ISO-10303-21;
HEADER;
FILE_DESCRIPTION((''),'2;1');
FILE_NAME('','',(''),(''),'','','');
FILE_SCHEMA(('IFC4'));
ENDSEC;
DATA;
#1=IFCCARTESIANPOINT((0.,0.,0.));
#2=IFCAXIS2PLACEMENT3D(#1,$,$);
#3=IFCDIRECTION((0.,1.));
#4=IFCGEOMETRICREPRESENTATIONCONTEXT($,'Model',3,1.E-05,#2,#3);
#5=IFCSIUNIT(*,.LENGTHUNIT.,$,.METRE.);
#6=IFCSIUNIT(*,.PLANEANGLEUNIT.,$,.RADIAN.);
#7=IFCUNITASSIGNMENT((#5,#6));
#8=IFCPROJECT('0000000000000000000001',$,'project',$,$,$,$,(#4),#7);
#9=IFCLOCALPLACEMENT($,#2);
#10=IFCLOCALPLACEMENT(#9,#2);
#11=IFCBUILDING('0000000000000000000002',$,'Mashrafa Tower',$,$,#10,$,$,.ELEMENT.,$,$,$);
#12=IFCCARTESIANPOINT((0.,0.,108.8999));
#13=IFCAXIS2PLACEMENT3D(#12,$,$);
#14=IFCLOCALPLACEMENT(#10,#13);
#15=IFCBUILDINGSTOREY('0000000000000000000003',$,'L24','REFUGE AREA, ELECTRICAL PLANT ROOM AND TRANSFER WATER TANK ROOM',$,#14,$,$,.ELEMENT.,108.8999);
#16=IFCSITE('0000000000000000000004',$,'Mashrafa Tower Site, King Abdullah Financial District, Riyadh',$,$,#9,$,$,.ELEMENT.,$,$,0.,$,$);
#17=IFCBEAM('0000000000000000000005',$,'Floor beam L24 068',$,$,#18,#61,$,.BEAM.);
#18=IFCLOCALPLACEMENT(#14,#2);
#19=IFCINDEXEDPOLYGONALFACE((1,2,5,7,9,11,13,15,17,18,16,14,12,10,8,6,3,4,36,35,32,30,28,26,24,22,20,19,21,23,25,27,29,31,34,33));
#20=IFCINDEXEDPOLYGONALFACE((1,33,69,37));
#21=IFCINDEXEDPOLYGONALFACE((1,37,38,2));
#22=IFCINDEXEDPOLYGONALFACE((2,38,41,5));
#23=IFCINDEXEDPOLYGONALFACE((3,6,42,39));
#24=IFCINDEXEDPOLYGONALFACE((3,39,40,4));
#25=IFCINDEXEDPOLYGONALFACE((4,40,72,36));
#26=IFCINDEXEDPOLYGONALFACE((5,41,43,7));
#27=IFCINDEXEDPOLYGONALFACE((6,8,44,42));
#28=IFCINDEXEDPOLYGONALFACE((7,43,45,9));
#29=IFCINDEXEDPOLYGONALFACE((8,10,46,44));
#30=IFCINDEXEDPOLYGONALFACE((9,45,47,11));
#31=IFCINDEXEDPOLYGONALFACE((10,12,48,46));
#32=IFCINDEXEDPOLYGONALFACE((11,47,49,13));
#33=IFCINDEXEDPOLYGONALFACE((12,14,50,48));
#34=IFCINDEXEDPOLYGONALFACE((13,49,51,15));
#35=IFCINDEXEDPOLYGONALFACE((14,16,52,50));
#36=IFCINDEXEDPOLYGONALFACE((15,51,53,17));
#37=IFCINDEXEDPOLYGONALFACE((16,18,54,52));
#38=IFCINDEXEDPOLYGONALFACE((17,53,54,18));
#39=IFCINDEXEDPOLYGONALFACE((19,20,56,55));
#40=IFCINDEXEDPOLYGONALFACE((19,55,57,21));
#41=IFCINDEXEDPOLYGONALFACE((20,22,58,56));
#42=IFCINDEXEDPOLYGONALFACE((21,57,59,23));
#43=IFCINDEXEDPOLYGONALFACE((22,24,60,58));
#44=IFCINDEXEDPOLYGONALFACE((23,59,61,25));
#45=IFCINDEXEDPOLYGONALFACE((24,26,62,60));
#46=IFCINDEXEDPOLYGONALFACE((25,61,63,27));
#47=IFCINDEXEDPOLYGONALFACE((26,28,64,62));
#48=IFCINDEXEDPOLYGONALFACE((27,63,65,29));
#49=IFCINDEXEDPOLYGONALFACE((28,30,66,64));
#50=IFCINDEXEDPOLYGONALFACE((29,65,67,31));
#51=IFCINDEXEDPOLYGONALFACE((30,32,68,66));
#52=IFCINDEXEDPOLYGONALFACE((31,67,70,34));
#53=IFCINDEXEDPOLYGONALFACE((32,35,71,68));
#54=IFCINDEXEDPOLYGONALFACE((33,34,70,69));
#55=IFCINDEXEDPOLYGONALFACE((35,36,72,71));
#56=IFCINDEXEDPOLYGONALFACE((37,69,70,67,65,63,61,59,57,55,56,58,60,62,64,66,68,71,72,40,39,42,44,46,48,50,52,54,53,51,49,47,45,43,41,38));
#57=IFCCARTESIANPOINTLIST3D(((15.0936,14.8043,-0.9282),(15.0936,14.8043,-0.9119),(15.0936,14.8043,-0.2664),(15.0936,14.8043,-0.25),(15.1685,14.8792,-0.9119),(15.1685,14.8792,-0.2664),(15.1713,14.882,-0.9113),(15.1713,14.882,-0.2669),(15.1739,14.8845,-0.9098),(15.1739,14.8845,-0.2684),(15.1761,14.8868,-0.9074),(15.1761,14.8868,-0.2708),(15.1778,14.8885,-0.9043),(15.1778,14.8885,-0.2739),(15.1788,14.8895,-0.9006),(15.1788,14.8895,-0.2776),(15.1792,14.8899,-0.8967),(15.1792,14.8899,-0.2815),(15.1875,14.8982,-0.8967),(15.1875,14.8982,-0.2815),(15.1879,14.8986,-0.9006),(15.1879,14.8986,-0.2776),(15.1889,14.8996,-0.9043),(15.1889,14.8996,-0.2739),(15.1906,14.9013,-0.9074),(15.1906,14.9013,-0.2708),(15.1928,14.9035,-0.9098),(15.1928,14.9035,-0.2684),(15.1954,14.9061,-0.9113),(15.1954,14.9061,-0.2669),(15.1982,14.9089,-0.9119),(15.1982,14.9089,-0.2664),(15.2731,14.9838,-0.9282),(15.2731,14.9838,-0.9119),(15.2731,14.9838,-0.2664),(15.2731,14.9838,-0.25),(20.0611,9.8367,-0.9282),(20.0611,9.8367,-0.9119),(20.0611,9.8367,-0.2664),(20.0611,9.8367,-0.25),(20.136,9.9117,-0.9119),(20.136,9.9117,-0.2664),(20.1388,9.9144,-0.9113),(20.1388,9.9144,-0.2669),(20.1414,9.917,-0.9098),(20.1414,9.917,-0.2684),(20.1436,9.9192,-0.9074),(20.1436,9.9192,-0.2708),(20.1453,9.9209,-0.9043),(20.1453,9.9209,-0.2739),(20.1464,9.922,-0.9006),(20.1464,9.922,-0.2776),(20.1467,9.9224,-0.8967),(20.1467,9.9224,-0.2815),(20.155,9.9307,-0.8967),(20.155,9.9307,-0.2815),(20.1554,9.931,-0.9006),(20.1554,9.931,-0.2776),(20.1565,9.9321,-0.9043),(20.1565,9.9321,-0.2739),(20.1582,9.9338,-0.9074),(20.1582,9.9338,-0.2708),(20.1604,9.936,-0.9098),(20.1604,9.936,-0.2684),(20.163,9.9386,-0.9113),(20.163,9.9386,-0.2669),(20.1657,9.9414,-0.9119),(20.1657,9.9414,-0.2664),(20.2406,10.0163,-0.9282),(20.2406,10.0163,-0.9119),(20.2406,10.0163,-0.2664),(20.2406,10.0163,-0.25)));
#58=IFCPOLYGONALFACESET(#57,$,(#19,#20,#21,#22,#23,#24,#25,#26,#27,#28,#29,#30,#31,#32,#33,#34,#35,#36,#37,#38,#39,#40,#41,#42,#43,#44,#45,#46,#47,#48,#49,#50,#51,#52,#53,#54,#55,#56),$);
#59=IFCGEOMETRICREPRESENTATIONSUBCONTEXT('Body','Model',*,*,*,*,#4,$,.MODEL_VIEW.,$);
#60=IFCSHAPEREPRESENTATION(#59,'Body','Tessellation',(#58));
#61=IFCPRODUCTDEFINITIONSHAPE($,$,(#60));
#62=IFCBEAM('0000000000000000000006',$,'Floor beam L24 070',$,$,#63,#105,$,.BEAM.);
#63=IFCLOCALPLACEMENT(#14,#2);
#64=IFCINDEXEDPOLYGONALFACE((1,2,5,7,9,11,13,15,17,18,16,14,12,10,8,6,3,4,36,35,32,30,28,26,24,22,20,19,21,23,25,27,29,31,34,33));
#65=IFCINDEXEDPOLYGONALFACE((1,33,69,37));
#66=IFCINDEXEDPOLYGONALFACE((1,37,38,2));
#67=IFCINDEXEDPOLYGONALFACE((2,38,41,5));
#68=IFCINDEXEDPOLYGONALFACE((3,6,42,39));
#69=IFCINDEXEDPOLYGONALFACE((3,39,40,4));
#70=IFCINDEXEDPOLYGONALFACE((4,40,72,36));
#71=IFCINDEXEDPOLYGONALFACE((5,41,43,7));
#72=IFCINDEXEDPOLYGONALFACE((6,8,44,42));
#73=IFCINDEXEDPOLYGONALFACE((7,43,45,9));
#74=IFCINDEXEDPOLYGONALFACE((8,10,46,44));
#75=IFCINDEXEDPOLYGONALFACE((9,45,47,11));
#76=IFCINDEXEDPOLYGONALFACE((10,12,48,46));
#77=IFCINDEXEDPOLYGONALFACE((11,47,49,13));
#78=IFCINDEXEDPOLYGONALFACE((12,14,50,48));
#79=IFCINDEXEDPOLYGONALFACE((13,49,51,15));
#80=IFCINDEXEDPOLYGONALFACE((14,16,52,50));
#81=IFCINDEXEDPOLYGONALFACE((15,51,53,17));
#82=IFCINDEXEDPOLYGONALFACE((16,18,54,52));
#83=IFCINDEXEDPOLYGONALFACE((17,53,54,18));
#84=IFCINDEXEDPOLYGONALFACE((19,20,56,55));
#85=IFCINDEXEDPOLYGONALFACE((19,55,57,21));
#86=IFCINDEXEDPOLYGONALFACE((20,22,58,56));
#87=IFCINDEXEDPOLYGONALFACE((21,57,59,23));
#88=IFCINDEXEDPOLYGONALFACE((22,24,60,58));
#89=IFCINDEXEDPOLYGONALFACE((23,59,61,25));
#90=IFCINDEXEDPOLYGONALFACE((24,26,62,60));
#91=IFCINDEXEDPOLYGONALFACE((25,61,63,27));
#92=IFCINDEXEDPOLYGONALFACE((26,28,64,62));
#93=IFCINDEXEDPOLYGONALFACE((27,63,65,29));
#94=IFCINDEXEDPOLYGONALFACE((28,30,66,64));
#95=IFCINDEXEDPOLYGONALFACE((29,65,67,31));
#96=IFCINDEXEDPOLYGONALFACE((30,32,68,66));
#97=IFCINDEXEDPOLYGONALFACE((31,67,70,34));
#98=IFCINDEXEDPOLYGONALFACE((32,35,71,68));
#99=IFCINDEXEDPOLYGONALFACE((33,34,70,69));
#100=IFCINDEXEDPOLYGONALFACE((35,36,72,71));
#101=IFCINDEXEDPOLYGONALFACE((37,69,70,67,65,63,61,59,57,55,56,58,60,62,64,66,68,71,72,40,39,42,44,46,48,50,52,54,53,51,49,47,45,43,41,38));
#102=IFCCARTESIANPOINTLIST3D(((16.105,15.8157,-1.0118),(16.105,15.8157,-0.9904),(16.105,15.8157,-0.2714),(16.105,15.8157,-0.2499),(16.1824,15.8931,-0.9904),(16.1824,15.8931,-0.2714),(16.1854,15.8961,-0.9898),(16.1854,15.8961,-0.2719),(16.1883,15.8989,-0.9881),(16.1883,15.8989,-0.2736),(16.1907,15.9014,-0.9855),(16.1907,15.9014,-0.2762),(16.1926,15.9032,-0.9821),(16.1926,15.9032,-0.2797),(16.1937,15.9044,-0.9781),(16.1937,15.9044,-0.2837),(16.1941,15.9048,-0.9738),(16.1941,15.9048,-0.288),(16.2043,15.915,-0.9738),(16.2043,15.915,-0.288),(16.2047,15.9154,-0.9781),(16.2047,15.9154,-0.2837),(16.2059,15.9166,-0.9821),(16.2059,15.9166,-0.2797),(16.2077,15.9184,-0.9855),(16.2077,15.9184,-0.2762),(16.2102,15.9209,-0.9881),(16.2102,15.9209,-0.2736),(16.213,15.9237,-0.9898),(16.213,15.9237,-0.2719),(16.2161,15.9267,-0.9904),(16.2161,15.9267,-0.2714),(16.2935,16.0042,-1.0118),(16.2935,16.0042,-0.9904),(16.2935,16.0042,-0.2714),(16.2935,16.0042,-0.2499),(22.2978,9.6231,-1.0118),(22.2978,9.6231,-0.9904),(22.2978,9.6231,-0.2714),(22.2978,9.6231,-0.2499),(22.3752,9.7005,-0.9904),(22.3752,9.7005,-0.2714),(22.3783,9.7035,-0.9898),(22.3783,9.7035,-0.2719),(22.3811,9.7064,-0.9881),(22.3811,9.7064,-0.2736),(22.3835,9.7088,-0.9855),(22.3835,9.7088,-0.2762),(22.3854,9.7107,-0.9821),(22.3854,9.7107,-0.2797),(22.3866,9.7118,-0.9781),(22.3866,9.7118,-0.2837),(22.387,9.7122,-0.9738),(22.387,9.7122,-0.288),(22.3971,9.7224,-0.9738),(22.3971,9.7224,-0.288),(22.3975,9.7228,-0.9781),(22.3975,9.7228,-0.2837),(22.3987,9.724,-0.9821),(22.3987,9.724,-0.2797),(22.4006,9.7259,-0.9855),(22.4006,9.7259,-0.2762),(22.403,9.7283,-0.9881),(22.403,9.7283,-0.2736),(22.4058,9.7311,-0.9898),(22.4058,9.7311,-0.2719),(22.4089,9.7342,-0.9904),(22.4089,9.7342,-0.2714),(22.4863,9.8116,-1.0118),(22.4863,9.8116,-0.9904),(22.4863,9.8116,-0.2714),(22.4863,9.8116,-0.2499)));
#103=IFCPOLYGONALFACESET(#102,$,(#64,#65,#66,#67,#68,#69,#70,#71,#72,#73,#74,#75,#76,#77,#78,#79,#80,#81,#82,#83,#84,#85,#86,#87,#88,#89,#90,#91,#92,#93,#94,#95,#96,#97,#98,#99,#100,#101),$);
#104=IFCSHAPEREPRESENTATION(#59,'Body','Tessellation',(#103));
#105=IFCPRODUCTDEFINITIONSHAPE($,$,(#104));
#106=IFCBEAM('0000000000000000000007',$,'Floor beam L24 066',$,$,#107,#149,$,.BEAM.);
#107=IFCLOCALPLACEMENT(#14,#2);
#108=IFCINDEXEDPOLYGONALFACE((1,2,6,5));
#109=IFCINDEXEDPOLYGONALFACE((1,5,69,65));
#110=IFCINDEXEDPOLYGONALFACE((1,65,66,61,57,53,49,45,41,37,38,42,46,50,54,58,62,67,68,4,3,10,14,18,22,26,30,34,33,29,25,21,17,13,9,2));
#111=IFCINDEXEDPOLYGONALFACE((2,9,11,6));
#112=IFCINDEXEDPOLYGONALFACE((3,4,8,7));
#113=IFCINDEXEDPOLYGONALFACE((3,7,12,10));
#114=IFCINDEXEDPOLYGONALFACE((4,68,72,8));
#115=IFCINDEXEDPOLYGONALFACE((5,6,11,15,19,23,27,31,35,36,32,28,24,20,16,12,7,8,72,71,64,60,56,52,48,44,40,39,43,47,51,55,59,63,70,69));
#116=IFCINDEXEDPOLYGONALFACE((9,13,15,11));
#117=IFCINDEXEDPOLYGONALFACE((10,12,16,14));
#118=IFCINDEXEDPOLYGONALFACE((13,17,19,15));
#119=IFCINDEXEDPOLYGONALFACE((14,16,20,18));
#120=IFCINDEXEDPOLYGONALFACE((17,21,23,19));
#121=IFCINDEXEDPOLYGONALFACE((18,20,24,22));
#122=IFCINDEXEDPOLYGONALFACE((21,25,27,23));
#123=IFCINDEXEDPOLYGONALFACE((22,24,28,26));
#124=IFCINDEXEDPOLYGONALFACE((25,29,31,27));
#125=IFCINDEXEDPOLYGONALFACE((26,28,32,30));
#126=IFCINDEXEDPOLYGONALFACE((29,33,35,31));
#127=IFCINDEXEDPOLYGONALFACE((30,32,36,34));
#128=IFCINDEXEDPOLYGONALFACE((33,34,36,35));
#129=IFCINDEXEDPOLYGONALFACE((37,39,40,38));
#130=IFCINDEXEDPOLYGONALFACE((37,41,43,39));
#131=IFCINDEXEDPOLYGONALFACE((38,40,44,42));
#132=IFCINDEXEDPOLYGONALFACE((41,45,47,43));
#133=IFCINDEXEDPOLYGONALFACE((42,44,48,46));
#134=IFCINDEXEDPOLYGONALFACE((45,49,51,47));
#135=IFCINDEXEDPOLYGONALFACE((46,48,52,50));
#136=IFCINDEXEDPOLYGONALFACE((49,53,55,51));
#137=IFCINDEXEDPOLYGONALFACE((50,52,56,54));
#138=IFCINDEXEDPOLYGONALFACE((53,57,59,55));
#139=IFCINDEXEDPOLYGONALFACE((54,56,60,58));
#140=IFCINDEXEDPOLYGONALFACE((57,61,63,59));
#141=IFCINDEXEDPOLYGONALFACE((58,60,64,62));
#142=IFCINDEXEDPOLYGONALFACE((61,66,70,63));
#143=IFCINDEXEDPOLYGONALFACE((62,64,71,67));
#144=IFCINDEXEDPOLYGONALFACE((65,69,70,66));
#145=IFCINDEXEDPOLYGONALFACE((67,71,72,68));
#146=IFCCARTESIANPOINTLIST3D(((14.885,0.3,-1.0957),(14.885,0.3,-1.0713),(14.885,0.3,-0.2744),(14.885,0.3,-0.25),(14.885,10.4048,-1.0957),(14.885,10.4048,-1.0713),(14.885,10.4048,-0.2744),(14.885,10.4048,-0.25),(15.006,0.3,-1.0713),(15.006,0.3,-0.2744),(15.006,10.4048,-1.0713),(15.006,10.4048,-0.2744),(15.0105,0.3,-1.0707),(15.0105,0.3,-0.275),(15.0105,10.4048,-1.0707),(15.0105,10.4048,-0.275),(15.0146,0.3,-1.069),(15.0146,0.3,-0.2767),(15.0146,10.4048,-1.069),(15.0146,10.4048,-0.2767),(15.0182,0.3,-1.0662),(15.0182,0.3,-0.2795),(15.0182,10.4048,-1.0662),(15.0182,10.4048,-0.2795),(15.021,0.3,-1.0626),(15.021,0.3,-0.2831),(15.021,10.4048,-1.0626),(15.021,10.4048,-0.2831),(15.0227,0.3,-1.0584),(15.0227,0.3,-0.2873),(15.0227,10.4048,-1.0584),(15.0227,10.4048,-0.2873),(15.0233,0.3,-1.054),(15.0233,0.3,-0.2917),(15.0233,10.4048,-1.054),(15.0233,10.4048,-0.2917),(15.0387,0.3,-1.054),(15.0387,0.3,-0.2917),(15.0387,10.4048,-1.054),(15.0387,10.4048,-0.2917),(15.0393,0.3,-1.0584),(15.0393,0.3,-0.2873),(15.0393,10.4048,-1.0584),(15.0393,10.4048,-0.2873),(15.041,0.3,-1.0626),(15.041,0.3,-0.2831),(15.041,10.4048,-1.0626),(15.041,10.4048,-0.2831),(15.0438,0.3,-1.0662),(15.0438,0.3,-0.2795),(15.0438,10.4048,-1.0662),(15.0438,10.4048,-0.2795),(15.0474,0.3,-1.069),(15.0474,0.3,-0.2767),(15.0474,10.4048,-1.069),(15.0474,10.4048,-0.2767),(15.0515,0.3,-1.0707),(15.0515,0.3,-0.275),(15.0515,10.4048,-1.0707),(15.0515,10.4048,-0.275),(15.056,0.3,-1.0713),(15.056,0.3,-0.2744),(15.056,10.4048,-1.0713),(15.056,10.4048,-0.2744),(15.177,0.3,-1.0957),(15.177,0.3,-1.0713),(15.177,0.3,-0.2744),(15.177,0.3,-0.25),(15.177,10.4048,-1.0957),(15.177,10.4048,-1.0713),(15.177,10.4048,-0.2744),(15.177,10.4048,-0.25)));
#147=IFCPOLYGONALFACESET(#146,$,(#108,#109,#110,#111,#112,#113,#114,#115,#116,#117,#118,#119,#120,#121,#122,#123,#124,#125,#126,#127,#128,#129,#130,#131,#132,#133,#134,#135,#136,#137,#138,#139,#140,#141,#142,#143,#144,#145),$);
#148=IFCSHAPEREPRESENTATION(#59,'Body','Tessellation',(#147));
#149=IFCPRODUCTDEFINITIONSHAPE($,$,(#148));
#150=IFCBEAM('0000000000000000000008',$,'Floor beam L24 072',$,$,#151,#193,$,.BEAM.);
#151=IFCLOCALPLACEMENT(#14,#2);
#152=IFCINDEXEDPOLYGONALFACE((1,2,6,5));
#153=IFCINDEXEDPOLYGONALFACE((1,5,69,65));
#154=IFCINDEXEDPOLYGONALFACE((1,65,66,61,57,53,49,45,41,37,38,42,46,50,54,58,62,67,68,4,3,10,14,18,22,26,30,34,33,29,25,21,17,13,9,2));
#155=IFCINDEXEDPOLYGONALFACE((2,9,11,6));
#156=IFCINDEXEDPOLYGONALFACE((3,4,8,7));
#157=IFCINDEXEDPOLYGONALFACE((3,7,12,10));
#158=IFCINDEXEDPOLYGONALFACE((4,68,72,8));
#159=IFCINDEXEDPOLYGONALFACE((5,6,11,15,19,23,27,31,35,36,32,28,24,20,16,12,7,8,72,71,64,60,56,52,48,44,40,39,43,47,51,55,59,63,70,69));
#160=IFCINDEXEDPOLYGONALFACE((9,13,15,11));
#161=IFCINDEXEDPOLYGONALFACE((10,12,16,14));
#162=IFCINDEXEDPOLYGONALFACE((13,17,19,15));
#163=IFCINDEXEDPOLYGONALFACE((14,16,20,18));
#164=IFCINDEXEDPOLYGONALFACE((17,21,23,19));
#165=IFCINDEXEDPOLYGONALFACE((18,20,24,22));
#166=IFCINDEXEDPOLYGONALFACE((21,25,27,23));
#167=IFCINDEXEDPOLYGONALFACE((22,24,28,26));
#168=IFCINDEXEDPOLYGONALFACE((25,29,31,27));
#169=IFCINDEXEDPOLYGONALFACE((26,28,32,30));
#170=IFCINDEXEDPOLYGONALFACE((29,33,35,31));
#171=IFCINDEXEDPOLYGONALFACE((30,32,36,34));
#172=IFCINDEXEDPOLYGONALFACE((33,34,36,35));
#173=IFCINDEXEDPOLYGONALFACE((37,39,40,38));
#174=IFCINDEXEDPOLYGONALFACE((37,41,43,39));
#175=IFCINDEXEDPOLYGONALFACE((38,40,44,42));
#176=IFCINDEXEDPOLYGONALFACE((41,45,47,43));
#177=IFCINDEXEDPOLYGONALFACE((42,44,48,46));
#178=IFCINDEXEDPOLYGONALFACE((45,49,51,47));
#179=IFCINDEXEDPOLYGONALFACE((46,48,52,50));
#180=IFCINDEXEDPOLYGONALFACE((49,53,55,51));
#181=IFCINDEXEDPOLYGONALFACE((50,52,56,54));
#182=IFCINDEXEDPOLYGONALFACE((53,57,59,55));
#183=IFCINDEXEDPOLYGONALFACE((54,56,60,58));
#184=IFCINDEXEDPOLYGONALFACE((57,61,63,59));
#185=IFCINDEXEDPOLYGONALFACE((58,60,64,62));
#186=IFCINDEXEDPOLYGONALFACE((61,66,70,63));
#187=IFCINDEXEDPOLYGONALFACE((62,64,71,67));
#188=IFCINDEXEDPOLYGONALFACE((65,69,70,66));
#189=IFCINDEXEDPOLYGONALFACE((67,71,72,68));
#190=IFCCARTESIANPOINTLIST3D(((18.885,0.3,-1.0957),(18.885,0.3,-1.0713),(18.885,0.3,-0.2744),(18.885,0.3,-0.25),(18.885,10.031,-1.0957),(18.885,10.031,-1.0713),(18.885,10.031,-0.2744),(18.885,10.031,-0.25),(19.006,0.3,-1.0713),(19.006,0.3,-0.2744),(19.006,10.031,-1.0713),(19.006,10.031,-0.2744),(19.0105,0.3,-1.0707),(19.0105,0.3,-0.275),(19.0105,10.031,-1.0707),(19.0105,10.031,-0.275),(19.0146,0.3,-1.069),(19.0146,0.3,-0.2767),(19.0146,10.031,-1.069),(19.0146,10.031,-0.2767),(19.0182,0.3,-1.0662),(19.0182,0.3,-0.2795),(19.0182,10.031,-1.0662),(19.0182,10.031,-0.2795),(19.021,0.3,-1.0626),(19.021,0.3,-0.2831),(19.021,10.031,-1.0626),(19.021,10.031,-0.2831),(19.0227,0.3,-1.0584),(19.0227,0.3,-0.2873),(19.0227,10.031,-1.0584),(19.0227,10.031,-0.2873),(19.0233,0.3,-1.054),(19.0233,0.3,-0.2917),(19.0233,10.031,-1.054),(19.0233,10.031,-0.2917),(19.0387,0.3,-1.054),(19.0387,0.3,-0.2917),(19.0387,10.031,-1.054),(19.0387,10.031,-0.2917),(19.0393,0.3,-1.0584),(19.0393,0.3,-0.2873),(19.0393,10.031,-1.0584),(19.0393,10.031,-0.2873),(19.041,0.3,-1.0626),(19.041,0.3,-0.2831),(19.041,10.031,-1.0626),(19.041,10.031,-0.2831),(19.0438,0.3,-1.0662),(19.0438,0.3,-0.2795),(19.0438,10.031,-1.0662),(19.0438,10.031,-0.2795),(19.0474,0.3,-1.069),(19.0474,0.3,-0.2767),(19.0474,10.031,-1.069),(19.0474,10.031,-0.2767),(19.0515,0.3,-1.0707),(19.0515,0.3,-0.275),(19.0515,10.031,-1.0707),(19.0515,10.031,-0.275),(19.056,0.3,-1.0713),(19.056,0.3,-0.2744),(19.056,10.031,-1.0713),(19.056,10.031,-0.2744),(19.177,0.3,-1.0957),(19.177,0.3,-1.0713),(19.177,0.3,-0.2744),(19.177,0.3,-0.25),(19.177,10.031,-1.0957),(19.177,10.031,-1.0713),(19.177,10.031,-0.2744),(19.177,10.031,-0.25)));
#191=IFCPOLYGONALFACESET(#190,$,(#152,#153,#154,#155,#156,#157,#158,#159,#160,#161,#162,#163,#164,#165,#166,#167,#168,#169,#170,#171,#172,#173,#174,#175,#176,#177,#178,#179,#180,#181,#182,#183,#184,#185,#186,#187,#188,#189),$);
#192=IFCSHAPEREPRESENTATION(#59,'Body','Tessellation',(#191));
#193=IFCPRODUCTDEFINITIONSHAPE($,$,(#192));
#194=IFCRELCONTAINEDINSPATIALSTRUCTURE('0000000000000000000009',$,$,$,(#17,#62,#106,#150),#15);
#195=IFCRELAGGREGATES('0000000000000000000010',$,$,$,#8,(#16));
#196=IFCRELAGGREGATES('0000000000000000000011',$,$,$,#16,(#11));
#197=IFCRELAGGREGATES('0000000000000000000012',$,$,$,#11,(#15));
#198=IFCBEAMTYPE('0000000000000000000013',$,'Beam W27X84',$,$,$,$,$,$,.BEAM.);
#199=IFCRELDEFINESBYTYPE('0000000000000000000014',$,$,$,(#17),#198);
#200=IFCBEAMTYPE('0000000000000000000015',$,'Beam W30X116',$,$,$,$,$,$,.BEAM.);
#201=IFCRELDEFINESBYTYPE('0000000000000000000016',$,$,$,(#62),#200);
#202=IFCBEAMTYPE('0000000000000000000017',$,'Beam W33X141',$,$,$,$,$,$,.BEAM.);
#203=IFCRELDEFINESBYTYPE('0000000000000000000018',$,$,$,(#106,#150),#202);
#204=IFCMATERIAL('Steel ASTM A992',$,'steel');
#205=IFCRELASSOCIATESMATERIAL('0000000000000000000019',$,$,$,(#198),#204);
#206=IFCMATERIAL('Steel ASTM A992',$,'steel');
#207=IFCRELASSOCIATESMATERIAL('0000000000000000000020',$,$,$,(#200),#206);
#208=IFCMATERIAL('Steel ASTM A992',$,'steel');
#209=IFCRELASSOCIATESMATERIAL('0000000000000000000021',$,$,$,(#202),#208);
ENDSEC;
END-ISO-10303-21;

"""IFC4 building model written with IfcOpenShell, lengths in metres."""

from ifc_helpers import new_model, si_unit, direction, frame, origin, origin_2d, place, context, subcontext, project, spatial, i_section, extrude, material, material_profile, profile_set, type_object, element, save


model = new_model("IFC4")

# Units and contexts
model_context = context("Model", 3, precision=1e-05, world=origin(), true_north=direction((0.0, 1.0)))
body_context = subcontext(model_context, "Body", "Model", "MODEL_VIEW")
ifc_project = project(units=[si_unit("LENGTHUNIT", "METRE"), si_unit("PLANEANGLEUNIT", "RADIAN")], contexts=[model_context])

# Site, building, storey
site_placement = place(None, origin())
site = spatial("IfcSite", under=ifc_project, at=site_placement, Name="Mashrafa Tower Site, King Abdullah Financial District, Riyadh", CompositionType="ELEMENT", RefElevation=0.0)
building_placement = place(site_placement, origin())
building = spatial("IfcBuilding", under=site, at=building_placement, Name="Mashrafa Tower", CompositionType="ELEMENT")
storey_placement = place(building_placement, frame((0.0, 0.0, 108.8999)))
storey = spatial("IfcBuildingStorey", under=building, at=storey_placement, Name="L24", Description="REFUGE AREA, ELECTRICAL PLANT ROOM AND TRANSFER WATER TANK ROOM", CompositionType="ELEMENT", Elevation=108.8999)

# Beams
ifc_material_1 = material(Name="Steel ASTM A992", Category="steel")
ifc_material_profile_1 = material_profile(ifc_material_1, i_section(OverallWidth=0.2539, OverallDepth=0.6782, WebThickness=0.0117, FlangeThickness=0.0164, FilletRadius=0.0151, at=origin_2d()), Name="W27X84")
ifc_profile_set_1 = profile_set([ifc_material_profile_1], Name="Steel ASTM A992")
beam_type_1 = type_object("IfcBeamType", Name="Beam W27X84", PredefinedType="BEAM", material=ifc_profile_set_1)
beam_1_placement = place(storey_placement, frame((15.1833, 14.894, -0.5891), z_axis=(0.707107, -0.707107, 0.0), x_axis=(0.707107, 0.707107, 0.0)))
element("IfcBeam", 1, at=beam_1_placement, inside=storey, type_object=beam_type_1, Name="Floor beam L24 068", PredefinedType="BEAM", context=body_context, shape_type="SweptSolid", body=[
    extrude(i_section(OverallWidth=0.2539, OverallDepth=0.6782, WebThickness=0.0117, FlangeThickness=0.0164, FilletRadius=0.0151, at=origin_2d()), origin(), (0.0, 0.0, 1.0), 7.0251),
])
ifc_material_2 = material(Name="Steel ASTM A992", Category="steel")
ifc_material_profile_2 = material_profile(ifc_material_2, i_section(OverallWidth=0.2666, OverallDepth=0.762, WebThickness=0.0144, FlangeThickness=0.0215, FilletRadius=0.0166, at=origin_2d()), Name="W30X116")
ifc_profile_set_2 = profile_set([ifc_material_profile_2], Name="Steel ASTM A992")
beam_type_2 = type_object("IfcBeamType", Name="Beam W30X116", PredefinedType="BEAM", material=ifc_profile_set_2)
beam_2_placement = place(storey_placement, frame((16.1992, 15.9099, -0.6309), z_axis=(0.707121, -0.707093, 0.0), x_axis=(0.707093, 0.707121, 0.0)))
element("IfcBeam", 2, at=beam_2_placement, inside=storey, type_object=beam_type_2, Name="Floor beam L24 070", PredefinedType="BEAM", context=body_context, shape_type="SweptSolid", body=[
    extrude(i_section(OverallWidth=0.2666, OverallDepth=0.762, WebThickness=0.0144, FlangeThickness=0.0215, FilletRadius=0.0166, at=origin_2d()), origin(), (0.0, 0.0, 1.0), 8.7578),
])
ifc_material_3 = material(Name="Steel ASTM A992", Category="steel")
ifc_material_profile_3 = material_profile(ifc_material_3, i_section(OverallWidth=0.292, OverallDepth=0.8457, WebThickness=0.0154, FlangeThickness=0.0244, FilletRadius=0.0173, at=origin_2d()), Name="W33X141")
ifc_profile_set_3 = profile_set([ifc_material_profile_3], Name="Steel ASTM A992")
beam_type_3 = type_object("IfcBeamType", Name="Beam W33X141", PredefinedType="BEAM", material=ifc_profile_set_3)
beam_3_placement = place(storey_placement, frame((15.031, 10.4048, -0.6729), z_axis=(0.0, -1.0, 0.0), x_axis=(1.0, 0.0, 0.0)))
element("IfcBeam", 3, at=beam_3_placement, inside=storey, type_object=beam_type_3, Name="Floor beam L24 066", PredefinedType="BEAM", context=body_context, shape_type="SweptSolid", body=[
    extrude(i_section(OverallWidth=0.292, OverallDepth=0.8457, WebThickness=0.0154, FlangeThickness=0.0244, FilletRadius=0.0173, at=origin_2d()), origin(), (0.0, 0.0, 1.0), 10.1047),
])
beam_4_placement = place(storey_placement, frame((19.031, 10.031, -0.6729), z_axis=(0.0, -1.0, 0.0), x_axis=(1.0, 0.0, 0.0)))
element("IfcBeam", 4, at=beam_4_placement, inside=storey, type_object=beam_type_3, Name="Floor beam L24 072", PredefinedType="BEAM", context=body_context, shape_type="SweptSolid", body=[
    extrude(i_section(OverallWidth=0.292, OverallDepth=0.8457, WebThickness=0.0154, FlangeThickness=0.0244, FilletRadius=0.0173, at=origin_2d()), origin(), (0.0, 0.0, 1.0), 9.731),
])

save(model, "model.ifc")
